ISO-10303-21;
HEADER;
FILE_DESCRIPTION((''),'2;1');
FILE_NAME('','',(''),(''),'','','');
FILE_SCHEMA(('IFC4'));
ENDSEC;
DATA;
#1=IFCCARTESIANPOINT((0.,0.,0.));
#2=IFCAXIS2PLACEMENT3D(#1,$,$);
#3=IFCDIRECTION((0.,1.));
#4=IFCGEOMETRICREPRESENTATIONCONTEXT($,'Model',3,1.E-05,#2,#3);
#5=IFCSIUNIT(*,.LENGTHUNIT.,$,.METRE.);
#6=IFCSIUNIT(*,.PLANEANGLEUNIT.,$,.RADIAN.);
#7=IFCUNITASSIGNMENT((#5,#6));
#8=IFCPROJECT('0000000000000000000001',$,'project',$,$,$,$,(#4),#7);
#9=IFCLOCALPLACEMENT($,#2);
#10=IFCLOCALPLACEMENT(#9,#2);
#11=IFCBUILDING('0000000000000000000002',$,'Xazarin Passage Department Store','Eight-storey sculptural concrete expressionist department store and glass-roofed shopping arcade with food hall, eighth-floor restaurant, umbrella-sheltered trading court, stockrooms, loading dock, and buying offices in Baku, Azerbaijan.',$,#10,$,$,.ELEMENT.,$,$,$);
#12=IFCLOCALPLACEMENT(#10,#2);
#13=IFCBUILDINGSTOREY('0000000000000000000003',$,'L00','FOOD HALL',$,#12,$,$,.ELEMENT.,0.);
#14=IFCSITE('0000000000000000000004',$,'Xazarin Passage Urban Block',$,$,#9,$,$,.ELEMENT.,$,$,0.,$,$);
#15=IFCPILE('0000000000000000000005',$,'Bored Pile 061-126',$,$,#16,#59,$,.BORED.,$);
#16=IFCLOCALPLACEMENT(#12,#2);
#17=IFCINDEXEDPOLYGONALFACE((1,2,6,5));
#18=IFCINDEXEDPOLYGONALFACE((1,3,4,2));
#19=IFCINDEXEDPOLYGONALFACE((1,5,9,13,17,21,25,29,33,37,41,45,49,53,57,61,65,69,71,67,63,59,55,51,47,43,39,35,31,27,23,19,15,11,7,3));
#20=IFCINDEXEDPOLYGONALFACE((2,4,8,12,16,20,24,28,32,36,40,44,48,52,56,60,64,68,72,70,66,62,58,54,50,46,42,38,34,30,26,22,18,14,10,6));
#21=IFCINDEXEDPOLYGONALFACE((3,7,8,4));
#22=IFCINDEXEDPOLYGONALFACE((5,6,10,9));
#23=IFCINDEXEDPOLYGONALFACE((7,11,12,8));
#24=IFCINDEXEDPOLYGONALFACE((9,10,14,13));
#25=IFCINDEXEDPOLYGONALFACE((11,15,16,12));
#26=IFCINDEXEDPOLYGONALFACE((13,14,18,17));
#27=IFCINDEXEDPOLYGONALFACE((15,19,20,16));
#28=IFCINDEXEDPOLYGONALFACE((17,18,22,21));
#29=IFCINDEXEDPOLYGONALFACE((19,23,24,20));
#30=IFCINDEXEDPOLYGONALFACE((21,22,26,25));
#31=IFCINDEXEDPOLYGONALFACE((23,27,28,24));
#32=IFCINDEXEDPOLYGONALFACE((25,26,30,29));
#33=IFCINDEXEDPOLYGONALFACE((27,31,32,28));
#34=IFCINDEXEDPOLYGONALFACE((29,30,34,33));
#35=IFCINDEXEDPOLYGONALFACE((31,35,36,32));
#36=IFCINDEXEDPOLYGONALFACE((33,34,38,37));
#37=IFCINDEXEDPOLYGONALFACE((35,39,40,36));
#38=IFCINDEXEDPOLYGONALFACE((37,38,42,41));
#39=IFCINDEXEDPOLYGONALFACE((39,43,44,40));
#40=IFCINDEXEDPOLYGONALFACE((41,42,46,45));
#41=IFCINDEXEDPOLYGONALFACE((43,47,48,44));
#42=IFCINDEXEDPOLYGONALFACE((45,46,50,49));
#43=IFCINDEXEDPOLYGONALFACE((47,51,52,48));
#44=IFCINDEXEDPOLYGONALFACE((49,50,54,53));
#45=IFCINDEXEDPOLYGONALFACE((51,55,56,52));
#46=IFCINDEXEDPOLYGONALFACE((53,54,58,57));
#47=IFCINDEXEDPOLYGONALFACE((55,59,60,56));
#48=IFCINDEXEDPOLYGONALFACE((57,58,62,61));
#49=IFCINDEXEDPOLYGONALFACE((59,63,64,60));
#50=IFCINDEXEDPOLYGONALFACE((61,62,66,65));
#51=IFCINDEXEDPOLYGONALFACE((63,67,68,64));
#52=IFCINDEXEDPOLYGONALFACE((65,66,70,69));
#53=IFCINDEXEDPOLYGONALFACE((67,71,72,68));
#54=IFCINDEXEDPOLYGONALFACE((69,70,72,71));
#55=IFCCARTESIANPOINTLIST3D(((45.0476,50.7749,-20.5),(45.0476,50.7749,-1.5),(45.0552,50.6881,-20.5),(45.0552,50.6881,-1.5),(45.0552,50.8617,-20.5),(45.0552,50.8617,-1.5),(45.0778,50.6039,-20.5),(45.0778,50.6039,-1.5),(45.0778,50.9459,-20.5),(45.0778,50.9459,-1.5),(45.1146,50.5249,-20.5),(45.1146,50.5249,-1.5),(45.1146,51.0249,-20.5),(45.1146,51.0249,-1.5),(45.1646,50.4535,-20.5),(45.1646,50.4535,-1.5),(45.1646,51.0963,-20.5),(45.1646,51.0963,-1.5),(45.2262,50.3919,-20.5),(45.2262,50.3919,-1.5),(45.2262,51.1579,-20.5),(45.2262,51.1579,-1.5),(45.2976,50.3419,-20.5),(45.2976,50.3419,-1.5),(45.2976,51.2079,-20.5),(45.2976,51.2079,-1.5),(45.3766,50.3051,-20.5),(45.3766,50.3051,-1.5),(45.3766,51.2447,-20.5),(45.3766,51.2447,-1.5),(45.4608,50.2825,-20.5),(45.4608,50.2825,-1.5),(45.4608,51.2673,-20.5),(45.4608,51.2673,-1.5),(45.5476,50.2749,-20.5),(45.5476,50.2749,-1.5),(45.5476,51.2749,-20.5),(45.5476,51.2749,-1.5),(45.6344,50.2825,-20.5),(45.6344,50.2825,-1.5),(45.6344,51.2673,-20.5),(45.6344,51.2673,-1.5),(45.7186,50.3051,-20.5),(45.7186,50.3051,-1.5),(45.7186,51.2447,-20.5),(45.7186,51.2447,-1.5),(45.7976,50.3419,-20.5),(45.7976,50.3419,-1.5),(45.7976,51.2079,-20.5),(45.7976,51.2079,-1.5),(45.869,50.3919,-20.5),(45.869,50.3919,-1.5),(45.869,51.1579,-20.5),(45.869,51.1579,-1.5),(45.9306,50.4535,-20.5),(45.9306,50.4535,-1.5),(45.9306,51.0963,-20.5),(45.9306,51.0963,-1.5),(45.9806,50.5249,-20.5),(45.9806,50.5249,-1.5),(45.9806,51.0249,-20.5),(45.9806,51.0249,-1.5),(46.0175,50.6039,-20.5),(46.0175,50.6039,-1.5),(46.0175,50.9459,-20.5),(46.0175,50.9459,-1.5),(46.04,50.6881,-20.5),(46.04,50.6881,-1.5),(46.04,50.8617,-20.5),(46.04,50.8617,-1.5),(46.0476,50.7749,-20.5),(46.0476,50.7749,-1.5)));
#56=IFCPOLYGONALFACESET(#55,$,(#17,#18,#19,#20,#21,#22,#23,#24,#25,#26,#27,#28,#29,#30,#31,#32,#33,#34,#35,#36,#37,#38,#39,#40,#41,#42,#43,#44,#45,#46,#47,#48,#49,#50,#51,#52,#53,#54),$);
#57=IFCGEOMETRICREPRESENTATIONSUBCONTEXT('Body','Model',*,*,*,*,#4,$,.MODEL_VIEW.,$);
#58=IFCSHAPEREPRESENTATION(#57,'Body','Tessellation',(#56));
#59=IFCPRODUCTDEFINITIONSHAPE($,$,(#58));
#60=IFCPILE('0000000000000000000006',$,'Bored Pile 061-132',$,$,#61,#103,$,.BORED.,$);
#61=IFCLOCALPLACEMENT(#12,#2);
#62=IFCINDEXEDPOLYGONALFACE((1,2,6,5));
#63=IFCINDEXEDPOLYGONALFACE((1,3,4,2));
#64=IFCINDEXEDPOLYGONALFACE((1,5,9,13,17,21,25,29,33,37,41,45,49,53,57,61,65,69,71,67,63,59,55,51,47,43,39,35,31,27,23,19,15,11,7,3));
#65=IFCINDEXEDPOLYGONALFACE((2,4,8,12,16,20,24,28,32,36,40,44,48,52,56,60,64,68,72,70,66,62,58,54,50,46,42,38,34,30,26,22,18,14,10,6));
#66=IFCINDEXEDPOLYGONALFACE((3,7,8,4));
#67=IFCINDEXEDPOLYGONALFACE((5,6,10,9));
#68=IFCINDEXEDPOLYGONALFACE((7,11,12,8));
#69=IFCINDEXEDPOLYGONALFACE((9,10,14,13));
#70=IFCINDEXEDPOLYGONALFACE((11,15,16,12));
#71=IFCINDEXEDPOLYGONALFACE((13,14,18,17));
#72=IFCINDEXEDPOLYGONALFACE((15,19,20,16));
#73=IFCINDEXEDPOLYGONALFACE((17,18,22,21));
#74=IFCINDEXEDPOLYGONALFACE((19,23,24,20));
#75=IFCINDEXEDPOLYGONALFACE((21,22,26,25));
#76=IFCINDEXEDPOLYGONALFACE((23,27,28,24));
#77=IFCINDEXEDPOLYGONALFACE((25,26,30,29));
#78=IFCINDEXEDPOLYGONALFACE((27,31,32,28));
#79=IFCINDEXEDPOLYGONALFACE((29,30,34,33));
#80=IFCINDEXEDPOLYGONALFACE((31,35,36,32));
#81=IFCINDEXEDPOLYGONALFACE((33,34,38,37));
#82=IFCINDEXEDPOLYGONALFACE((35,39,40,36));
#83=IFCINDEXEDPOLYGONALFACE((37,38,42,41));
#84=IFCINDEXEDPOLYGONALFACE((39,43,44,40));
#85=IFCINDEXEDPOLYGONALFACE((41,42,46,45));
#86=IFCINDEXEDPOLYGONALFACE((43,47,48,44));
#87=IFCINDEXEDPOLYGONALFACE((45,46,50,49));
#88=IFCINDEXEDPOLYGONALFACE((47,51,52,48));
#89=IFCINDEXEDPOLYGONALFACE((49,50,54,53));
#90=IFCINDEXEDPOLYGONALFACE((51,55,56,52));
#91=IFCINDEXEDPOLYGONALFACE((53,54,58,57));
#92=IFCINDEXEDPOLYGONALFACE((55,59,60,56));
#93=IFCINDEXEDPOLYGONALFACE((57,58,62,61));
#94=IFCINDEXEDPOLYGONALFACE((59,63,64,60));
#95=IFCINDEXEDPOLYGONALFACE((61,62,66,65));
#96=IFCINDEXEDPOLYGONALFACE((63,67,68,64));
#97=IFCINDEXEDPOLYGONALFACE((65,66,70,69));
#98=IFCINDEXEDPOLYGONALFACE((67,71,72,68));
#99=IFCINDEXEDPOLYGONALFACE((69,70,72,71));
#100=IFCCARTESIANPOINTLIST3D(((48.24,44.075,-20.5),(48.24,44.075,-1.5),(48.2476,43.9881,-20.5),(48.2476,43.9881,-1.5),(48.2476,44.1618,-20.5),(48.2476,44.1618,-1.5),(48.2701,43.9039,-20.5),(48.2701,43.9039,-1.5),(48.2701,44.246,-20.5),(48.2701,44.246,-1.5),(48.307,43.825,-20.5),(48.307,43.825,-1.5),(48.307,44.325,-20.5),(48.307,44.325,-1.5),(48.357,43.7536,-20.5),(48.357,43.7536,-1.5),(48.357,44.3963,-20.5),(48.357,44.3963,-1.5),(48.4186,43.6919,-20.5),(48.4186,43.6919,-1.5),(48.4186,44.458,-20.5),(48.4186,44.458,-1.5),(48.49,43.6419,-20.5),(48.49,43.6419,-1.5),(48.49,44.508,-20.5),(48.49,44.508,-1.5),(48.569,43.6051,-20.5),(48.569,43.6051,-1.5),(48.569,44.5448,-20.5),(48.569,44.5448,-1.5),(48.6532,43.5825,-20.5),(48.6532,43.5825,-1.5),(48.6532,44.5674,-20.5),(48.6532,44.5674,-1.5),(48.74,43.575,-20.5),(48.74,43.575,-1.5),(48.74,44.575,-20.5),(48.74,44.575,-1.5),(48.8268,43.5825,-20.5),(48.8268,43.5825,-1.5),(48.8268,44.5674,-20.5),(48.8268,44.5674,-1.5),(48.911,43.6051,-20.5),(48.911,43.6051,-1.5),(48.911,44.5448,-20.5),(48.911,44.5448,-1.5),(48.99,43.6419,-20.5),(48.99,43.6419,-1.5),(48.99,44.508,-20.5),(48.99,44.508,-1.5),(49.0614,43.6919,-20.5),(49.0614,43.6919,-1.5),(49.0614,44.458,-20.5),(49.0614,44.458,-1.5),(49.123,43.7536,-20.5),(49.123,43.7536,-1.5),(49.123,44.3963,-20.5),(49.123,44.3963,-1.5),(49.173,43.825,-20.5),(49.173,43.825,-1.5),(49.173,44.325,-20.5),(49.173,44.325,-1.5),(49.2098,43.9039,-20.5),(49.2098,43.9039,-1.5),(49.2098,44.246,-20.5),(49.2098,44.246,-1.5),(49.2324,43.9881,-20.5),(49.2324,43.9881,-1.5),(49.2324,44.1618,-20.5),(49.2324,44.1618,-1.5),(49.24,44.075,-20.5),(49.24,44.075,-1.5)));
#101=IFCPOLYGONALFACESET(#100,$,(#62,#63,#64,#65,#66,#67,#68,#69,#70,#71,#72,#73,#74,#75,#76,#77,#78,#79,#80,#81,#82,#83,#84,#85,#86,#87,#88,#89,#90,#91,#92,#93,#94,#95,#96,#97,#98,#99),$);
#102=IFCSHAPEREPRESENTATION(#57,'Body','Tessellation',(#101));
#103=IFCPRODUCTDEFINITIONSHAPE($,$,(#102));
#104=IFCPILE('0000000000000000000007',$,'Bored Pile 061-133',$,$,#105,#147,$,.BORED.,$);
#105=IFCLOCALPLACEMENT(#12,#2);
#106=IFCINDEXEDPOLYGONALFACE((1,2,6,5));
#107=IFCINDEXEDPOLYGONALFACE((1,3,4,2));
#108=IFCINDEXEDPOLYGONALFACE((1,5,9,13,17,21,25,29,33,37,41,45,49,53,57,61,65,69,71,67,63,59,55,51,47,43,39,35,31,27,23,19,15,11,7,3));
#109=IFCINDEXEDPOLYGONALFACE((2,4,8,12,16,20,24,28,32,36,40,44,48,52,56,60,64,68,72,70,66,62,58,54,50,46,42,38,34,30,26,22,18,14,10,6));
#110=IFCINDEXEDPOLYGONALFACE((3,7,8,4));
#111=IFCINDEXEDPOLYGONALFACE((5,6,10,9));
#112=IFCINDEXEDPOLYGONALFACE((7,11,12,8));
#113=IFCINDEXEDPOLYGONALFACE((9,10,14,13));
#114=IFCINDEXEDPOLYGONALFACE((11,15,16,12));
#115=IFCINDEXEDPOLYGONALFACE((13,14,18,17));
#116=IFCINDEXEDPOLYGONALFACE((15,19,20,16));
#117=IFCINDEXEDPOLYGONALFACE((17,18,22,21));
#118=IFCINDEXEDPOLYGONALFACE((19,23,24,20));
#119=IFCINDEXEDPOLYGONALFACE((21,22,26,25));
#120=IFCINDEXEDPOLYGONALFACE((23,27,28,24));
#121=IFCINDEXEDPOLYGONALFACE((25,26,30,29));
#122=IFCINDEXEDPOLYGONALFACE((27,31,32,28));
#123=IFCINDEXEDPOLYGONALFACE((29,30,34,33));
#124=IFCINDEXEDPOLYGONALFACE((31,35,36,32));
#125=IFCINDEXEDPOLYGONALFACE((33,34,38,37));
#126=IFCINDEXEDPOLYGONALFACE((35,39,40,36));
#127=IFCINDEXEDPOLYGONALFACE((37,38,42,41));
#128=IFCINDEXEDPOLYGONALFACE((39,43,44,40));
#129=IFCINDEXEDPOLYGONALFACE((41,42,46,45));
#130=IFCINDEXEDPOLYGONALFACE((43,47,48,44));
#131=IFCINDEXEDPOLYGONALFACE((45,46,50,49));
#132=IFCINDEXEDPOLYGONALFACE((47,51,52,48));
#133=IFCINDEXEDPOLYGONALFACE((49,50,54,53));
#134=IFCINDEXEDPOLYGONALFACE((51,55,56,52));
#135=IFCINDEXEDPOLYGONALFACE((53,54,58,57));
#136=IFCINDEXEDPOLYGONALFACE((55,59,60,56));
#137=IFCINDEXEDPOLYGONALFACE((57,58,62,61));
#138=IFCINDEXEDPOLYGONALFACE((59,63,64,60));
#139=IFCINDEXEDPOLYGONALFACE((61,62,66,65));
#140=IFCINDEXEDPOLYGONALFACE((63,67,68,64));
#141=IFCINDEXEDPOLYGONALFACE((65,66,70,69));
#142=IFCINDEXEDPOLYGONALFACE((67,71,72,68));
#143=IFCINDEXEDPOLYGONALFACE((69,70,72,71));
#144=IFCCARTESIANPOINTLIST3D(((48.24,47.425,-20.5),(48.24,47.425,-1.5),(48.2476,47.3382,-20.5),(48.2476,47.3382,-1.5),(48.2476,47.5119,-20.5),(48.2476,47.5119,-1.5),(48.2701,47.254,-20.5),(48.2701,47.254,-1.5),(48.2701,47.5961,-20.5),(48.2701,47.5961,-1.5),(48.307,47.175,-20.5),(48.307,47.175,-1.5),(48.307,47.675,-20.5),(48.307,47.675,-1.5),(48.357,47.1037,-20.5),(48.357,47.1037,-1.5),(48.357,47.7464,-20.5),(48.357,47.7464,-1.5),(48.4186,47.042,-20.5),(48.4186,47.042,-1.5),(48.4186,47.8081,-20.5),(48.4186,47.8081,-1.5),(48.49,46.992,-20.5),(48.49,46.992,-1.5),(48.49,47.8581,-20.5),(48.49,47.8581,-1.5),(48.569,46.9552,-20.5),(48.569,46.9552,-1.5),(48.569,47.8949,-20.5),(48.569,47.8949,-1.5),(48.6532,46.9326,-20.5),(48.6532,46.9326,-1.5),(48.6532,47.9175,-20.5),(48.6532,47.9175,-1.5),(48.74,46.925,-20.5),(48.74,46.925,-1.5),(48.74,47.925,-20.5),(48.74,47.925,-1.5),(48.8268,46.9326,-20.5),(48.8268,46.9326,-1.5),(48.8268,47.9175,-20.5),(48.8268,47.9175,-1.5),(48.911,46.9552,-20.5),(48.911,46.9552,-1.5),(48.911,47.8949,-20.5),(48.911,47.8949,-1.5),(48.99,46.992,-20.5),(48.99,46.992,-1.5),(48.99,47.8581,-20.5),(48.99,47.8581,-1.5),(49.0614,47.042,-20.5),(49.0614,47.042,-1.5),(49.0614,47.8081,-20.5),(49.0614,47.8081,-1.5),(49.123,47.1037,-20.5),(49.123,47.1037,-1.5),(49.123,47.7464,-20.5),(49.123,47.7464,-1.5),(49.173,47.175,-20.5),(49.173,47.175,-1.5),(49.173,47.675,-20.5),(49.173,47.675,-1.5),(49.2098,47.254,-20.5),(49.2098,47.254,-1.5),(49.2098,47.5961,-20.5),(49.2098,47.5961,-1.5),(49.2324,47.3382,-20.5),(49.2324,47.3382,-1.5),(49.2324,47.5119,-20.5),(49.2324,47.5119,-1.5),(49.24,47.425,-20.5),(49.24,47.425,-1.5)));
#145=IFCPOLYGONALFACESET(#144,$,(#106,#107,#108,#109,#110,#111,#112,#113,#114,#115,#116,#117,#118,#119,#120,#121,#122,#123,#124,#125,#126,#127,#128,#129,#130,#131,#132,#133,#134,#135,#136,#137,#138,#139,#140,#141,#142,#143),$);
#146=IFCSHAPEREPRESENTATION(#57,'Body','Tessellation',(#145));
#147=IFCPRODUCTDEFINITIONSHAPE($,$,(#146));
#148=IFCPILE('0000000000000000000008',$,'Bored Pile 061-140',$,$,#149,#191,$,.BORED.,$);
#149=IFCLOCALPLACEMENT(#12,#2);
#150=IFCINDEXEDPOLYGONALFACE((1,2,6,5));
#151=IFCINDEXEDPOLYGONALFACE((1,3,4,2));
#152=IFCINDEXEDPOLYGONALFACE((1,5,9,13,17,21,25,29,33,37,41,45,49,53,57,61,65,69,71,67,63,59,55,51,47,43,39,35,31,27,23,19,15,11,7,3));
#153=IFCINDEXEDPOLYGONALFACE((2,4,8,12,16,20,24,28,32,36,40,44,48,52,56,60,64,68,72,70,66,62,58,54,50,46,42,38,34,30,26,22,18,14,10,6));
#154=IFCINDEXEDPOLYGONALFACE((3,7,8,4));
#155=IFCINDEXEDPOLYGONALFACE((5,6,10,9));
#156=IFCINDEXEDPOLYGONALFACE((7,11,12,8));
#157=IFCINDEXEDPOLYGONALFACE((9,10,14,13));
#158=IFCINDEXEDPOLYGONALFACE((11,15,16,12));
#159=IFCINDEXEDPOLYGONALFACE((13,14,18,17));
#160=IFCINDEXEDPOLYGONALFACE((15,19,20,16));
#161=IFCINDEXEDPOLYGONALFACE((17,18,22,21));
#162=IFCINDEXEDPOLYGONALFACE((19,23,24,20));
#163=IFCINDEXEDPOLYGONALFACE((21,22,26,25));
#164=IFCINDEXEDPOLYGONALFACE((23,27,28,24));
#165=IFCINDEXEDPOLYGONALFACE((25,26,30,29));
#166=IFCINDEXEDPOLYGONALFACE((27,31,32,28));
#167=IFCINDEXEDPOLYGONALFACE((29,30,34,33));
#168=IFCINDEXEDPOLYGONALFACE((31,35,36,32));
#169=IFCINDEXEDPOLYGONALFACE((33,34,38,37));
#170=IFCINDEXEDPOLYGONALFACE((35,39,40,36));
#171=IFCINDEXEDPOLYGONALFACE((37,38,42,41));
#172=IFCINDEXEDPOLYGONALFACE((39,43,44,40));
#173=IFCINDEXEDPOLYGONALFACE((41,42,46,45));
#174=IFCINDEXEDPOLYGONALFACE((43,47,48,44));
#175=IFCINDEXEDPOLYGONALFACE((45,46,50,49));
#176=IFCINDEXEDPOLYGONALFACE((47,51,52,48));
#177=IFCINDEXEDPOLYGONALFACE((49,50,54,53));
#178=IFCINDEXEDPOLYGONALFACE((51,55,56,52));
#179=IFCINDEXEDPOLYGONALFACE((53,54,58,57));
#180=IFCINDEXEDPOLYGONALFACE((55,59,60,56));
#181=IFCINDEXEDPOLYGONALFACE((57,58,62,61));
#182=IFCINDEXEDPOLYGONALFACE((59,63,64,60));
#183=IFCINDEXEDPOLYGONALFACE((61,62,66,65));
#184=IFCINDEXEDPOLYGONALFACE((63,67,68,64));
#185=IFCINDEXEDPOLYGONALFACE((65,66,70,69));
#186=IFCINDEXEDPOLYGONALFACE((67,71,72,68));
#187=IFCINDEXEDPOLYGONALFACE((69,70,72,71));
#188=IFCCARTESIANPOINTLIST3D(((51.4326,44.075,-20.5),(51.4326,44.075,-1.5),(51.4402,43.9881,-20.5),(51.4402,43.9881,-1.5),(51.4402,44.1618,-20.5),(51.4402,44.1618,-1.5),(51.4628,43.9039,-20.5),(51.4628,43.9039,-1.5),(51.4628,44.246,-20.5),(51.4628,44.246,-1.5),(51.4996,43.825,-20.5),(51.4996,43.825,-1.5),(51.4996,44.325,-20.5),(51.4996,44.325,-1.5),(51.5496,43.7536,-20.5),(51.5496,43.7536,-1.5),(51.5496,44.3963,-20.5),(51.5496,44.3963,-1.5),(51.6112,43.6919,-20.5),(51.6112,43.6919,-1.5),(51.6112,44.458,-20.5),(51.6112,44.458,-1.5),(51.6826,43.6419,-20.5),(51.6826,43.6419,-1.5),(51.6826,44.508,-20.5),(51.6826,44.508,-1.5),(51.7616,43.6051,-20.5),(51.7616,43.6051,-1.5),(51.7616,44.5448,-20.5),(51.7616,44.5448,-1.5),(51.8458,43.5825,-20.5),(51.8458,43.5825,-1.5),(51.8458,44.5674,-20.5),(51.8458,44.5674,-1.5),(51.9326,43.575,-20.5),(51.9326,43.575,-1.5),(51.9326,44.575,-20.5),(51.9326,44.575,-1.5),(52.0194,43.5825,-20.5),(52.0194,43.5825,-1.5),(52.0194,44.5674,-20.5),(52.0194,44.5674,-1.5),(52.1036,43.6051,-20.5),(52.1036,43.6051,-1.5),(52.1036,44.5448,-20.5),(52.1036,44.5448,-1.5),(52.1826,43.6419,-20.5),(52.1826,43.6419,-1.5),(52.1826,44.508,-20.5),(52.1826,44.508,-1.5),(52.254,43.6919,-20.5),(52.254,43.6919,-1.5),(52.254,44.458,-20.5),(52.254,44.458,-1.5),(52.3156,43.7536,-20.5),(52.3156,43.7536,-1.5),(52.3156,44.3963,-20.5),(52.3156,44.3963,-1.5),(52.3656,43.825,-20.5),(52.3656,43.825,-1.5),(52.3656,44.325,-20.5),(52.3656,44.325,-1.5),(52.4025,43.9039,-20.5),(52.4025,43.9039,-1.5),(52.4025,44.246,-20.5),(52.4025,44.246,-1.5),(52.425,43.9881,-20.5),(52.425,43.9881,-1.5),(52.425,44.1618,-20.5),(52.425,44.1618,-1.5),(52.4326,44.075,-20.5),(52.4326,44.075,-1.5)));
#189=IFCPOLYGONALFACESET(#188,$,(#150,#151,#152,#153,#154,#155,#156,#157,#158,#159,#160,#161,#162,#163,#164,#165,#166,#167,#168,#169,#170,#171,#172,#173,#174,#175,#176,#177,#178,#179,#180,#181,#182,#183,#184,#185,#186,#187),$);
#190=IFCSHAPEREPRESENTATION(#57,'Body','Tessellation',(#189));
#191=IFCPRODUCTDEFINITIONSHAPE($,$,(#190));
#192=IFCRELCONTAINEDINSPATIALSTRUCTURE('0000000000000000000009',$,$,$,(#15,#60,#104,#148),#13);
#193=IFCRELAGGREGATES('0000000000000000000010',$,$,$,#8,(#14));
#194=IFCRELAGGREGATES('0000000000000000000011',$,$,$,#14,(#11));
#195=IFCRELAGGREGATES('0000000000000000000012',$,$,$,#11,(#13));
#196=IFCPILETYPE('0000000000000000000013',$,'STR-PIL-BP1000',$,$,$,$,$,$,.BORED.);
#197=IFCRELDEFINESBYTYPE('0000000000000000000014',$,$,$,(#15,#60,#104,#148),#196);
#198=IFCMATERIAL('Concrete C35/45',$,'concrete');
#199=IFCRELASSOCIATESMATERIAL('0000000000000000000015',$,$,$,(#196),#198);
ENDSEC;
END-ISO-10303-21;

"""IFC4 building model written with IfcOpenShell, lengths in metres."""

from ifc_helpers import new_model, si_unit, direction, frame, origin, origin_2d, place, context, subcontext, project, spatial, circle, extrude, material, material_profile, profile_set, type_object, element, save


model = new_model("IFC4")

# Units and contexts
model_context = context("Model", 3, precision=1e-05, world=origin(), true_north=direction((0.0, 1.0)))
body_context = subcontext(model_context, "Body", "Model", "MODEL_VIEW")
ifc_project = project(units=[si_unit("LENGTHUNIT", "METRE"), si_unit("PLANEANGLEUNIT", "RADIAN")], contexts=[model_context])

# Site, building, storey
site_placement = place(None, origin())
site = spatial("IfcSite", under=ifc_project, at=site_placement, Name="Xazarin Passage Urban Block", CompositionType="ELEMENT", RefElevation=0.0)
building_placement = place(site_placement, origin())
building = spatial("IfcBuilding", under=site, at=building_placement, Name="Xazarin Passage Department Store", Description="Eight-storey sculptural concrete expressionist department store and glass-roofed shopping arcade with food hall, eighth-floor restaurant, umbrella-sheltered trading court, stockrooms, loading dock, and buying offices in Baku, Azerbaijan.", CompositionType="ELEMENT")
storey_placement = place(building_placement, origin())
storey = spatial("IfcBuildingStorey", under=building, at=storey_placement, Name="L00", Description="FOOD HALL", CompositionType="ELEMENT", Elevation=0.0)

# Piles
ifc_material_1 = material(Name="Concrete C35/45", Category="concrete")
ifc_material_profile_1 = material_profile(ifc_material_1, circle(Radius=0.5, at=origin_2d()), Name="BP 1000")
ifc_profile_set_1 = profile_set([ifc_material_profile_1], Name="Concrete C35/45")
pile_type_1 = type_object("IfcPileType", Name="STR-PIL-BP1000", PredefinedType="BORED", material=ifc_profile_set_1)
for number, where, z_axis, x_axis, name in (
    (1, (45.5476, 50.7749, -1.5), (0.0, 0.0, -1.0), (1.0, 0.0, 0.0), "Bored Pile 061-126"),
    (2, (48.74, 44.075, -1.5), (0.0, 0.0, -1.0), (1.0, 0.0, 0.0), "Bored Pile 061-132"),
    (3, (48.74, 47.425, -1.5), (0.0, 0.0, -1.0), (1.0, 0.0, 0.0), "Bored Pile 061-133"),
    (4, (51.9326, 44.075, -1.5), (0.0, 0.0, -1.0), (1.0, 0.0, 0.0), "Bored Pile 061-140"),
):
    element("IfcPile", number, at=place(storey_placement, frame(where, z_axis=z_axis, x_axis=x_axis)), inside=storey, type_object=pile_type_1, Name=name, PredefinedType="BORED", context=body_context, shape_type="SweptSolid", body=[
        extrude(circle(Radius=0.5, at=origin_2d()), origin(), (0.0, 0.0, 1.0), 19.0),
    ])

save(model, "model.ifc")
